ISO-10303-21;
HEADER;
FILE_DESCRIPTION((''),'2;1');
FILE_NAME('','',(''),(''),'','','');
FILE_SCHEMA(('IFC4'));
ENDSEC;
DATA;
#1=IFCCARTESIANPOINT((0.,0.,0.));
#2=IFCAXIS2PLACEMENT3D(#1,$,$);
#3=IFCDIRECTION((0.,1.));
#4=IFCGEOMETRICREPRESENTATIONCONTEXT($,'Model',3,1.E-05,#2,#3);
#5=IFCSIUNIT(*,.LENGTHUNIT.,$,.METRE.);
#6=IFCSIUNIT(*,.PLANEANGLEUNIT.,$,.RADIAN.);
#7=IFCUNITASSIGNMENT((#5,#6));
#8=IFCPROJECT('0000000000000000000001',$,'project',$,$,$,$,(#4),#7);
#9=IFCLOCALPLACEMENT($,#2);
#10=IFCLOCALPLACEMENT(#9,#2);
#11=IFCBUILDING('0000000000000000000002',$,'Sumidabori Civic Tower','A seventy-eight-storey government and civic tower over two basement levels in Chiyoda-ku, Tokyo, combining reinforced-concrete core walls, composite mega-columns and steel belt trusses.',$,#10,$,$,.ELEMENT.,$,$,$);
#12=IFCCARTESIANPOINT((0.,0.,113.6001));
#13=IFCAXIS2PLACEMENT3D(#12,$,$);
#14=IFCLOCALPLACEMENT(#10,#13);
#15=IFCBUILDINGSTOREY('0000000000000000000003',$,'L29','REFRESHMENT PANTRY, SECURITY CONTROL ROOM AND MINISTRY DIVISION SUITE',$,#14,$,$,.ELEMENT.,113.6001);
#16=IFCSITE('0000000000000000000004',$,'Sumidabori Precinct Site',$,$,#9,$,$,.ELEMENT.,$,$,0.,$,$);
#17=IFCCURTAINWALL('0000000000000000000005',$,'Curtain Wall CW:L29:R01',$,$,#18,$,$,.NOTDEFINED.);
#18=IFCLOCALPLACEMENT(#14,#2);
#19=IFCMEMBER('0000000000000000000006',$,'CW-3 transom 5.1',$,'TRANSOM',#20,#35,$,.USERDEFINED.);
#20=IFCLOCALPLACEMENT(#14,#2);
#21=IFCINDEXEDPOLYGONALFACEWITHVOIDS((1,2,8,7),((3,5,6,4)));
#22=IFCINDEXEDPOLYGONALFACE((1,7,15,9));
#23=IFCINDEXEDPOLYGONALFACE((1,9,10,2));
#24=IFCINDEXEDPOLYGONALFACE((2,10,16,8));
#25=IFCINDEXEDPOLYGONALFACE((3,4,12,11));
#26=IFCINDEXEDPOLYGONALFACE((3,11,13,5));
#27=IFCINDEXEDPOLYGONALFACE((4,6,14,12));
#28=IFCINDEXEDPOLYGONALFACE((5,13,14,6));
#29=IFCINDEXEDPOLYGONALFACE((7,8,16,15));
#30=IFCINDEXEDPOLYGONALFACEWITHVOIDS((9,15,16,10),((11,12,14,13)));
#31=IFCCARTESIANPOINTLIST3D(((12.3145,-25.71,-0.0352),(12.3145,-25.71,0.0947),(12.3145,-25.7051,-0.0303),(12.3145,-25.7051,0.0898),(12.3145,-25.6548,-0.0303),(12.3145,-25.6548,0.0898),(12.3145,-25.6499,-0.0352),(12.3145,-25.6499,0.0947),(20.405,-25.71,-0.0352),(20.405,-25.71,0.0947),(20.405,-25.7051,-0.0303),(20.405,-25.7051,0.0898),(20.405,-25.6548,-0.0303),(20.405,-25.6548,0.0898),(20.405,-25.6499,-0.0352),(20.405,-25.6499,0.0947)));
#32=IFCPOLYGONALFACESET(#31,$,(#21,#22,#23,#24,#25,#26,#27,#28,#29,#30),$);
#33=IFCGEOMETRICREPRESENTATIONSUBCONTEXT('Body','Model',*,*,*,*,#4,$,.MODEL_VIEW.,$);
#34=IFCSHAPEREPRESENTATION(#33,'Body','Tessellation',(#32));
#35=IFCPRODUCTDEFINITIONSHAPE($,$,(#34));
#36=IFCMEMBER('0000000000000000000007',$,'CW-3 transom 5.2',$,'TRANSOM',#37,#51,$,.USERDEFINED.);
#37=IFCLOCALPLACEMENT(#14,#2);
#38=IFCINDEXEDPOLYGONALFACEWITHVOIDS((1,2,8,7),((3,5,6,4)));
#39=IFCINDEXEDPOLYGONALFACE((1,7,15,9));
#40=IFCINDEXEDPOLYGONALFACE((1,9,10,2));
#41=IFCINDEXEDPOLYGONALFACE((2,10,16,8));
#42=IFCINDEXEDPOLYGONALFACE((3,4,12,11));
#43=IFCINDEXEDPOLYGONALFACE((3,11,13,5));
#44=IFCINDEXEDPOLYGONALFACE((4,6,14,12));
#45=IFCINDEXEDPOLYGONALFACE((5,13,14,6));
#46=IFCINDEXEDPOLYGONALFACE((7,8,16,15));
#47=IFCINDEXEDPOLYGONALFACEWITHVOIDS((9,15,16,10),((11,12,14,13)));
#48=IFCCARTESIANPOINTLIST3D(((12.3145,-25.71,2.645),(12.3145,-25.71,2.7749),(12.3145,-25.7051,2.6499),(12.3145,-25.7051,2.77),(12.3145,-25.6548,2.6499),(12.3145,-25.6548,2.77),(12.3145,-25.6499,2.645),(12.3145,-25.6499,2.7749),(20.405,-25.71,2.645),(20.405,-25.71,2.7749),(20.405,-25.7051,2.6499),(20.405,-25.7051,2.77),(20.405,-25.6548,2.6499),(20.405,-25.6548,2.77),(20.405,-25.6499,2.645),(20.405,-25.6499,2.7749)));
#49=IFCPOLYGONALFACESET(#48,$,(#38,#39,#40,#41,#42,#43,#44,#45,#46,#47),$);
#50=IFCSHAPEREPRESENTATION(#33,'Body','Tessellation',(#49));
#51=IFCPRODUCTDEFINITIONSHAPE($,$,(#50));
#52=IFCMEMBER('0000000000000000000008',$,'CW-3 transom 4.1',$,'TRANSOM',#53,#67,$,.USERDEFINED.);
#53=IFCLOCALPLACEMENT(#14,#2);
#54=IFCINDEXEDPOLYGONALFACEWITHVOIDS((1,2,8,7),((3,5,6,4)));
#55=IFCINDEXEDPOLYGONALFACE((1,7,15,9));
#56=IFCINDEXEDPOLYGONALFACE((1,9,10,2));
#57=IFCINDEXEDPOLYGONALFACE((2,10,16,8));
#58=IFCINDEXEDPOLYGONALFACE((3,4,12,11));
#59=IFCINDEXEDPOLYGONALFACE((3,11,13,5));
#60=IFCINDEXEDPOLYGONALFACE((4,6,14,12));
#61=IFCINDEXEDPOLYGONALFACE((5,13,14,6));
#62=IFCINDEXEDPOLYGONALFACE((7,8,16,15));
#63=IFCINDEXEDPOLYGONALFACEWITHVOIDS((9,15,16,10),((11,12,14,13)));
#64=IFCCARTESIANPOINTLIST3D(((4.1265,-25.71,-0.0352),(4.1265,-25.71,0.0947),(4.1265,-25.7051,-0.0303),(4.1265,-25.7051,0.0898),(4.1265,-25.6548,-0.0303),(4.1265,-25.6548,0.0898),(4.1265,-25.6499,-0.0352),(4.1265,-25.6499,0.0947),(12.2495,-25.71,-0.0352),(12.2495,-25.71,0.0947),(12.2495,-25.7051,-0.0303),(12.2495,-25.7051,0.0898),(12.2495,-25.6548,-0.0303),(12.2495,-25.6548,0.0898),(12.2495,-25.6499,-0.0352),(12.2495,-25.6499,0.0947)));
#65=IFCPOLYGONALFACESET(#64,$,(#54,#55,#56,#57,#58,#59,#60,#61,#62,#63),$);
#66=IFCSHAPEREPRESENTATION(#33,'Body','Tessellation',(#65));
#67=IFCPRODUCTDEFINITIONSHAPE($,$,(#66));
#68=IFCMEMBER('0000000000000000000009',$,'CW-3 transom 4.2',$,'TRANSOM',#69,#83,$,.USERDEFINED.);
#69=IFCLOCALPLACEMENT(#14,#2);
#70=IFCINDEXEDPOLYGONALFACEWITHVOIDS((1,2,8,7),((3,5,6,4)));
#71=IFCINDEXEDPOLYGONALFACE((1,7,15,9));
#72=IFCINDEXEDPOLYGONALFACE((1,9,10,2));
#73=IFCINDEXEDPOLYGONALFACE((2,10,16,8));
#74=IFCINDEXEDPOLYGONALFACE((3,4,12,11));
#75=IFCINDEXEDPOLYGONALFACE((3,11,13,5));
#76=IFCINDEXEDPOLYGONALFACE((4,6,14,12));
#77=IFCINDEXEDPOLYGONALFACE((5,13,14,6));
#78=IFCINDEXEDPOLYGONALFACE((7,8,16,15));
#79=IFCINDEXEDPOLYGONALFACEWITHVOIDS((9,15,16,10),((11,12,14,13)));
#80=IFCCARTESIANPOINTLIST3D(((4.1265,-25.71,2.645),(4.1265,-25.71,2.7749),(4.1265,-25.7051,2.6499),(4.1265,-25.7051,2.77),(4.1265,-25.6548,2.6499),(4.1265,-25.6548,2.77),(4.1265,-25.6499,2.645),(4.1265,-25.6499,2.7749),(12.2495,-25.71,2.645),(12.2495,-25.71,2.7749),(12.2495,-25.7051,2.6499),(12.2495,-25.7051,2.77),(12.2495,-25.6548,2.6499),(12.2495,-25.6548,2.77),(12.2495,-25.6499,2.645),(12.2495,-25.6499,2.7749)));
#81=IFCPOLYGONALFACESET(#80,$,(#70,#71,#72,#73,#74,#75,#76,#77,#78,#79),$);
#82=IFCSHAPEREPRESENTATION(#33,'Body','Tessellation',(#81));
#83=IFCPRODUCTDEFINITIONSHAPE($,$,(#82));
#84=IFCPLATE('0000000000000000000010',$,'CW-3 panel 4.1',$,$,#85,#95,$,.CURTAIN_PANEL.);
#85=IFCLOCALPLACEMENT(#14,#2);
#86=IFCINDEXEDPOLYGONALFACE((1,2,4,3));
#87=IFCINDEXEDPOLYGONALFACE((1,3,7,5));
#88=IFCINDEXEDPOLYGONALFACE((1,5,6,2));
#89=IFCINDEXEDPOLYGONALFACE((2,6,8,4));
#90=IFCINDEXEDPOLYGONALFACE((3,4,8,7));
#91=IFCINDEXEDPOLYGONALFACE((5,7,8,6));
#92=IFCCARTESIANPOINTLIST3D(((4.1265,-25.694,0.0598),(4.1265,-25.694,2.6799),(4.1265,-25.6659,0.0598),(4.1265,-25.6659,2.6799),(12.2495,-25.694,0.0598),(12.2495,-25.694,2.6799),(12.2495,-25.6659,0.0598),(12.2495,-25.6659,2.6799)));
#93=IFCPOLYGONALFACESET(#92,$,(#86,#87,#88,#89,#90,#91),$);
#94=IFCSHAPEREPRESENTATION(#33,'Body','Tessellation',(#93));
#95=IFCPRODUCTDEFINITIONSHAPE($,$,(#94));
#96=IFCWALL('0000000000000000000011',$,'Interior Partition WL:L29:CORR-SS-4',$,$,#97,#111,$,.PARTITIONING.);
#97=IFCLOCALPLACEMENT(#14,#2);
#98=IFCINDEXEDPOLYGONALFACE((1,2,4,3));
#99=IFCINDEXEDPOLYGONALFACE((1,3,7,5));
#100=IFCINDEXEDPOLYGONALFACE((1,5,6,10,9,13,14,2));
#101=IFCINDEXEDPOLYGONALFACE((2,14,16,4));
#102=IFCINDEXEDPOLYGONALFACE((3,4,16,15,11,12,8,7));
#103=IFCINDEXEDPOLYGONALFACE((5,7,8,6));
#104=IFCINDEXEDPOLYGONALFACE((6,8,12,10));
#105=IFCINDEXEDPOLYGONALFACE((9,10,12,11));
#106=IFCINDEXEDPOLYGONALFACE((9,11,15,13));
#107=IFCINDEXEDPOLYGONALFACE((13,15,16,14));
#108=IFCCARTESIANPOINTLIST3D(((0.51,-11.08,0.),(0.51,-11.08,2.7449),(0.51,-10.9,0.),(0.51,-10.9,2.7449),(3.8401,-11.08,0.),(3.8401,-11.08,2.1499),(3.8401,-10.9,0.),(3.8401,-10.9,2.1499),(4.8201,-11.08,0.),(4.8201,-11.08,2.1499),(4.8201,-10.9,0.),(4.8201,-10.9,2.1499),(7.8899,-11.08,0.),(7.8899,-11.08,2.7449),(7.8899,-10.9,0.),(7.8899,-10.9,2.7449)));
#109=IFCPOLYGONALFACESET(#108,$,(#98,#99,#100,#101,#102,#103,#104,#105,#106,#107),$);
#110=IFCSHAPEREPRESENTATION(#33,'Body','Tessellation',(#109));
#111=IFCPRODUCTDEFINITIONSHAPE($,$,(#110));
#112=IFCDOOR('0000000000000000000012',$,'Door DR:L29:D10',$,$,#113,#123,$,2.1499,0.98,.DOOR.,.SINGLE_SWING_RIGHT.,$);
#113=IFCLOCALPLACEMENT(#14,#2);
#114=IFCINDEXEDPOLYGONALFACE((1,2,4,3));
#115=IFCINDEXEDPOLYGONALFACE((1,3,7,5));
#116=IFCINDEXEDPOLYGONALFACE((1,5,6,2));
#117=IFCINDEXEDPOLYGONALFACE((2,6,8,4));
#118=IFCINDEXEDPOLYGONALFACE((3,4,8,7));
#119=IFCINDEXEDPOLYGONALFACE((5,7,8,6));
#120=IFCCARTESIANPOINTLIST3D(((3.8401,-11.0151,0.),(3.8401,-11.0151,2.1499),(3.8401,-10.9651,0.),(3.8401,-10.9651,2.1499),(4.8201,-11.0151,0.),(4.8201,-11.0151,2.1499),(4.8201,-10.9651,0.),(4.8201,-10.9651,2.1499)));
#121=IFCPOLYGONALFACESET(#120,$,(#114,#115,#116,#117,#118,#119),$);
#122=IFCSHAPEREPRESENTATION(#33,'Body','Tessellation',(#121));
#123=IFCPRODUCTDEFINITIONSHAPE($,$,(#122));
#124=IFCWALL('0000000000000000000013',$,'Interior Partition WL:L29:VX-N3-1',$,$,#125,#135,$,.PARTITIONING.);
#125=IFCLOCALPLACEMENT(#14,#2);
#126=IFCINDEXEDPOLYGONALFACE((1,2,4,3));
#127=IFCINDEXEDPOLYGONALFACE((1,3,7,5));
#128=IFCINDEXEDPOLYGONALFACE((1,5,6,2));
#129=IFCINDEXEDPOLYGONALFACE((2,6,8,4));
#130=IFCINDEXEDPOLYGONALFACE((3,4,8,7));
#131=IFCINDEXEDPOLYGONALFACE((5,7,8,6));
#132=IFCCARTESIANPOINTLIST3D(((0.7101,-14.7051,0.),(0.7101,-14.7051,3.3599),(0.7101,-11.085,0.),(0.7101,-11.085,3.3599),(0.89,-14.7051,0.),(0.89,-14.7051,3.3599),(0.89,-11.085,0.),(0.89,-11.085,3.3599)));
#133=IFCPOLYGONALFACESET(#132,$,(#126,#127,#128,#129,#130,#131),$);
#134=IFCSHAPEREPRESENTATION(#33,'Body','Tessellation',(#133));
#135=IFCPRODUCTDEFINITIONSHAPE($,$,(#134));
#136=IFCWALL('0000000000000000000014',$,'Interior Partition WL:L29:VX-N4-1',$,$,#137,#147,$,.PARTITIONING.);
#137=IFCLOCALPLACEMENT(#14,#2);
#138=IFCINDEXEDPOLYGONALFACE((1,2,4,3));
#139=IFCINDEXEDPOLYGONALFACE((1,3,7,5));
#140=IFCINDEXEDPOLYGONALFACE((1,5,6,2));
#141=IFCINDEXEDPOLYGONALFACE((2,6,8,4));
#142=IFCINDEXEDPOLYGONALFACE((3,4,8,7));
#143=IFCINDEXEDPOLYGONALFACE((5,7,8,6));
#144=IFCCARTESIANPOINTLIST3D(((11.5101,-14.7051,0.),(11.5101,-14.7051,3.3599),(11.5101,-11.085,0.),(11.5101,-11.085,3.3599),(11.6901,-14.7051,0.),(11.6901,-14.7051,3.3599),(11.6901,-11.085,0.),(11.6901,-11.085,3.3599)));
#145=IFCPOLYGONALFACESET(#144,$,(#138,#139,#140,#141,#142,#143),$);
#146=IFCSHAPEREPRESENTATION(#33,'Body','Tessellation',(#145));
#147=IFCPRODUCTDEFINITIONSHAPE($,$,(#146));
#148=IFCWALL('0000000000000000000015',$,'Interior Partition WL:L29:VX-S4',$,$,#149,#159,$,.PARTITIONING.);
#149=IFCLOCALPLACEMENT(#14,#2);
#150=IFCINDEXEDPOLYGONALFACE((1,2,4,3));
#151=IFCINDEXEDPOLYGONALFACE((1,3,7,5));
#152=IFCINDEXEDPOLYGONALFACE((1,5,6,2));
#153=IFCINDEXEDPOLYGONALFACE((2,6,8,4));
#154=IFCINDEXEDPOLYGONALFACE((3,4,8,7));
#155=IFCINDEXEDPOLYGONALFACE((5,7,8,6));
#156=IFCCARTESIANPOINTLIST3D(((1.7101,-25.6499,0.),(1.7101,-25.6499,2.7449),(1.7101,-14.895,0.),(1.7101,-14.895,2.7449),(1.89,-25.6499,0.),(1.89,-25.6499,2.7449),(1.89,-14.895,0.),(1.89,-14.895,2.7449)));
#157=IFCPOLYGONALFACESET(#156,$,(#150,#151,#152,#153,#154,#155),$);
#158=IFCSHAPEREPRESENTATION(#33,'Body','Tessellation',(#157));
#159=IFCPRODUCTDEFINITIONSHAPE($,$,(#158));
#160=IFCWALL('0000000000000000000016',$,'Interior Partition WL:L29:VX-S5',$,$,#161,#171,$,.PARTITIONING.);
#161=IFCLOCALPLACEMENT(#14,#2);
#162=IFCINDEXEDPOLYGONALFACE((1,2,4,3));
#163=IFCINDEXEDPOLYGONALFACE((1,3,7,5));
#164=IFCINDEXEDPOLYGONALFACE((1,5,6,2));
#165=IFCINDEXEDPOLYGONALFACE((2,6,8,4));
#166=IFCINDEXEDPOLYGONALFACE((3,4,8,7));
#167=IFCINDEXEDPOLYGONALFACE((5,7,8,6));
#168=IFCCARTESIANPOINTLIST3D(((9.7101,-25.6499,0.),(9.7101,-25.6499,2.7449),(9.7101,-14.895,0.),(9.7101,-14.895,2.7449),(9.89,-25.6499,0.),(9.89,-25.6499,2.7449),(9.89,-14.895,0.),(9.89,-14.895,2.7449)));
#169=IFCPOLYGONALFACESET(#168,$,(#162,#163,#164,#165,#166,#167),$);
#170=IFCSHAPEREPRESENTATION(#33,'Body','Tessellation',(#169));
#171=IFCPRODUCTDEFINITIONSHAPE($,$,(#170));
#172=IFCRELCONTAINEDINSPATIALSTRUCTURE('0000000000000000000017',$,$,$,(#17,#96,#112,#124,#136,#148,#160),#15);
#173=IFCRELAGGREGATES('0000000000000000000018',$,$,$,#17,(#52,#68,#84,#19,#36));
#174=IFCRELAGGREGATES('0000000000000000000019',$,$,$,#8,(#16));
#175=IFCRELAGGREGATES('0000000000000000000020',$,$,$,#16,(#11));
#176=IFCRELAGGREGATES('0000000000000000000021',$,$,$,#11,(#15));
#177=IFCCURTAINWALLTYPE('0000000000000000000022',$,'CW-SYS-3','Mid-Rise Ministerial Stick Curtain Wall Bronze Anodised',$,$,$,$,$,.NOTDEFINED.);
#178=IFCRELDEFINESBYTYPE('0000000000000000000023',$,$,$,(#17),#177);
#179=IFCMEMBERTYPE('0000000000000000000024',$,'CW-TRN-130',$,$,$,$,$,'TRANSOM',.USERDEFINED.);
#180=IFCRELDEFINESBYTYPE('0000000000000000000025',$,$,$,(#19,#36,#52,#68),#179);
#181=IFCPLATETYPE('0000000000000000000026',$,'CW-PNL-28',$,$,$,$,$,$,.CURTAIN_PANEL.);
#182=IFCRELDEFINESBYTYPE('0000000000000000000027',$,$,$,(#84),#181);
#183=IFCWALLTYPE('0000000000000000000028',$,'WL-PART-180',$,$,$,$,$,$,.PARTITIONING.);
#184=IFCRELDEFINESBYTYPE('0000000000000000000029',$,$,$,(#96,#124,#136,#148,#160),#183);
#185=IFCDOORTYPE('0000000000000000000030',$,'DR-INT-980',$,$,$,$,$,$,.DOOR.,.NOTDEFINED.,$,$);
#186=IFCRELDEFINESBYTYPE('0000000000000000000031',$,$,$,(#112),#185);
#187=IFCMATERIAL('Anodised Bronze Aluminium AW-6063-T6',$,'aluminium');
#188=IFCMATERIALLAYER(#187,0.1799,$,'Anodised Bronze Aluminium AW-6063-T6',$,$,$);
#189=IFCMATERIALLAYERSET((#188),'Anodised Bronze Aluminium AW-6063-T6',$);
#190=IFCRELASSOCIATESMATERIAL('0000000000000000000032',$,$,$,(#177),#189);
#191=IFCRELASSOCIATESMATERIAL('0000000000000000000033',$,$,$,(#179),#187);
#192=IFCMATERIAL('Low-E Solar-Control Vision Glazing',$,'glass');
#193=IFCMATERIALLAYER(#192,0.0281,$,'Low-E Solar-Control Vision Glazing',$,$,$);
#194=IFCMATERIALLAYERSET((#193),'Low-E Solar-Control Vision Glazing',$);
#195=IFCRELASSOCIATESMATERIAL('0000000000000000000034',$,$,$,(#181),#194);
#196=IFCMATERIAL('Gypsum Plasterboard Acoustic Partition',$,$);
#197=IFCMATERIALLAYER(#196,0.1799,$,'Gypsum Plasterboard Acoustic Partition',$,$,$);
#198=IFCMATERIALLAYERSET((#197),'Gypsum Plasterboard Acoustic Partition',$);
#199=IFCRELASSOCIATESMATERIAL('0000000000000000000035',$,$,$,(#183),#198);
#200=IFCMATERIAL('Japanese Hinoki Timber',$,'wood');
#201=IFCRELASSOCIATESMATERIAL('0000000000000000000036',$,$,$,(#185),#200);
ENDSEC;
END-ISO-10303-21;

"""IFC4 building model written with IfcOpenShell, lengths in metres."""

from ifc_helpers import new_model, si_unit, direction, frame, frame_2d, origin, origin_2d, place, context, subcontext, project, spatial, rectangle, hollow_rectangle, extrude, source, transform, mapped, material, layer, layer_set, material_profile, profile_set, type_object, element, fill, aggregate, save


model = new_model("IFC4")

# Units and contexts
model_context = context("Model", 3, precision=1e-05, world=origin(), true_north=direction((0.0, 1.0)))
body_context = subcontext(model_context, "Body", "Model", "MODEL_VIEW")
ifc_project = project(units=[si_unit("LENGTHUNIT", "METRE"), si_unit("PLANEANGLEUNIT", "RADIAN")], contexts=[model_context])

# Site, building, storey
site_placement = place(None, origin())
site = spatial("IfcSite", under=ifc_project, at=site_placement, Name="Sumidabori Precinct Site", CompositionType="ELEMENT", RefElevation=0.0)
building_placement = place(site_placement, origin())
building = spatial("IfcBuilding", under=site, at=building_placement, Name="Sumidabori Civic Tower", Description="A seventy-eight-storey government and civic tower over two basement levels in Chiyoda-ku, Tokyo, combining reinforced-concrete core walls, composite mega-columns and steel belt trusses.", CompositionType="ELEMENT")
storey_placement = place(building_placement, frame((0.0, 0.0, 113.6001)))
storey = spatial("IfcBuildingStorey", under=building, at=storey_placement, Name="L29", Description="REFRESHMENT PANTRY, SECURITY CONTROL ROOM AND MINISTRY DIVISION SUITE", CompositionType="ELEMENT", Elevation=113.6001)

# Curtain wall, members, plate
ifc_material_1 = material(Name="Anodised Bronze Aluminium AW-6063-T6", Category="aluminium")
ifc_layer_1 = layer(ifc_material_1, 0.1799, Name="Anodised Bronze Aluminium AW-6063-T6")
ifc_layer_set_1 = layer_set([ifc_layer_1], Name="Anodised Bronze Aluminium AW-6063-T6")
curtain_wall_type = type_object("IfcCurtainWallType", Name="CW-SYS-3", Description="Mid-Rise Ministerial Stick Curtain Wall Bronze Anodised", PredefinedType="NOTDEFINED", material=ifc_layer_set_1)
curtain_wall_placement = place(storey_placement, origin())
curtain_wall = element("IfcCurtainWall", 1, at=curtain_wall_placement, inside=storey, type_object=curtain_wall_type, Name="Curtain Wall CW:L29:R01", PredefinedType="NOTDEFINED")
ifc_material_profile_1 = material_profile(ifc_material_1, hollow_rectangle(XDim=0.0601, YDim=0.1299, WallThickness=0.0049, at=origin_2d()), Name="ALU TRANSOM 130x60")
ifc_profile_set_1 = profile_set([ifc_material_profile_1], Name="Anodised Bronze Aluminium AW-6063-T6")
member_type_1 = type_object("IfcMemberType", Name="CW-TRN-130", ElementType="TRANSOM", PredefinedType="USERDEFINED", material=ifc_profile_set_1)
shared_shape_1 = source(origin(), body_context, "Body", "SweptSolid", [
    extrude(hollow_rectangle(XDim=0.0601, YDim=0.1299, WallThickness=0.0049, at=origin_2d()), origin(), (0.0, 0.0, 1.0), 8.0906),
])
member_1_placement = place(storey_placement, frame((12.3145, -25.6799, 0.0298), z_axis=(1.0, 0.0, 0.0), x_axis=(0.0, 1.0, 0.0)))
member_1 = element("IfcMember", 2, at=member_1_placement, type_object=member_type_1, Name="CW-3 transom 5.1", ObjectType="TRANSOM", PredefinedType="USERDEFINED", context=body_context, shape_type="MappedRepresentation", body=[
    mapped(shared_shape_1, transform((0.0, 0.0, 0.0), x_axis=(1.0, 0.0, 0.0), y_axis=(0.0, 1.0, 0.0), z_axis=(0.0, 0.0, 1.0), scale=1.0)),
])
member_2_placement = place(storey_placement, frame((12.3145, -25.6799, 2.71), z_axis=(1.0, 0.0, 0.0), x_axis=(0.0, 1.0, 0.0)))
member_2 = element("IfcMember", 3, at=member_2_placement, type_object=member_type_1, Name="CW-3 transom 5.2", ObjectType="TRANSOM", PredefinedType="USERDEFINED", context=body_context, shape_type="MappedRepresentation", body=[
    mapped(shared_shape_1, transform((0.0, 0.0, 0.0), x_axis=(1.0, 0.0, 0.0), y_axis=(0.0, 1.0, 0.0), z_axis=(0.0, 0.0, 1.0), scale=1.0)),
])
shared_shape_2 = source(origin(), body_context, "Body", "SweptSolid", [
    extrude(hollow_rectangle(XDim=0.0601, YDim=0.1299, WallThickness=0.0049, at=origin_2d()), origin(), (0.0, 0.0, 1.0), 8.123),
])
member_3_placement = place(storey_placement, frame((4.1265, -25.6799, 0.0298), z_axis=(1.0, 0.0, 0.0), x_axis=(0.0, 1.0, 0.0)))
member_3 = element("IfcMember", 4, at=member_3_placement, type_object=member_type_1, Name="CW-3 transom 4.1", ObjectType="TRANSOM", PredefinedType="USERDEFINED", context=body_context, shape_type="MappedRepresentation", body=[
    mapped(shared_shape_2, transform((0.0, 0.0, 0.0), x_axis=(1.0, 0.0, 0.0), y_axis=(0.0, 1.0, 0.0), z_axis=(0.0, 0.0, 1.0), scale=1.0)),
])
member_4_placement = place(storey_placement, frame((4.1265, -25.6799, 2.71), z_axis=(1.0, 0.0, 0.0), x_axis=(0.0, 1.0, 0.0)))
member_4 = element("IfcMember", 5, at=member_4_placement, type_object=member_type_1, Name="CW-3 transom 4.2", ObjectType="TRANSOM", PredefinedType="USERDEFINED", context=body_context, shape_type="MappedRepresentation", body=[
    mapped(shared_shape_2, transform((0.0, 0.0, 0.0), x_axis=(1.0, 0.0, 0.0), y_axis=(0.0, 1.0, 0.0), z_axis=(0.0, 0.0, 1.0), scale=1.0)),
])
ifc_material_2 = material(Name="Low-E Solar-Control Vision Glazing", Category="glass")
ifc_layer_2 = layer(ifc_material_2, 0.0281, Name="Low-E Solar-Control Vision Glazing")
ifc_layer_set_2 = layer_set([ifc_layer_2], Name="Low-E Solar-Control Vision Glazing")
plate_type = type_object("IfcPlateType", Name="CW-PNL-28", PredefinedType="CURTAIN_PANEL", material=ifc_layer_set_2)
shared_shape_3 = source(origin(), body_context, "Body", "SweptSolid", [
    extrude(rectangle(XDim=8.123, YDim=0.0281, at=origin_2d()), origin(), (0.0, 0.0, 1.0), 2.6201),
])
plate_placement = place(storey_placement, frame((8.188, -25.6799, 0.0598), z_axis=(0.0, 0.0, 1.0), x_axis=(1.0, 0.0, 0.0)))
plate = element("IfcPlate", 6, at=plate_placement, type_object=plate_type, Name="CW-3 panel 4.1", PredefinedType="CURTAIN_PANEL", context=body_context, shape_type="MappedRepresentation", body=[
    mapped(shared_shape_3, transform((0.0, 0.0, 0.0), x_axis=(1.0, 0.0, 0.0), y_axis=(0.0, 1.0, 0.0), z_axis=(0.0, 0.0, 1.0), scale=1.0)),
])
aggregate(curtain_wall, [member_3, member_4, plate, member_1, member_2])

# Wall, opening, door
ifc_material_3 = material(Name="Gypsum Plasterboard Acoustic Partition")
ifc_layer_3 = layer(ifc_material_3, 0.1799, Name="Gypsum Plasterboard Acoustic Partition")
ifc_layer_set_3 = layer_set([ifc_layer_3], Name="Gypsum Plasterboard Acoustic Partition")
wall_type = type_object("IfcWallType", Name="WL-PART-180", PredefinedType="PARTITIONING", material=ifc_layer_set_3)
shared_shape_4 = source(origin(), body_context, "Body", "SweptSolid", [
    extrude(rectangle(XDim=7.3799, YDim=0.1799, at=frame_2d((3.6899, 0.0))), origin(), (0.0, 0.0, 1.0), 2.7449),
])
wall_placement = place(storey_placement, frame((0.51, -10.99, 0.0), z_axis=(0.0, 0.0, 1.0), x_axis=(1.0, 0.0, 0.0)))
wall = element("IfcWall", 7, at=wall_placement, inside=storey, type_object=wall_type, Name="Interior Partition WL:L29:CORR-SS-4", PredefinedType="PARTITIONING", context=body_context, shape_type="MappedRepresentation", body=[
    mapped(shared_shape_4, transform((0.0, 0.0, 0.0), x_axis=(1.0, 0.0, 0.0), y_axis=(0.0, 1.0, 0.0), z_axis=(0.0, 0.0, 1.0), scale=1.0)),
])
opening_placement = place(wall_placement, frame((3.3301, 0.0, 0.0)))
opening = element("IfcOpeningElement", 8, at=opening_placement, cuts=wall, PredefinedType="OPENING", context=body_context, shape_type="SweptSolid", body=[
    extrude(rectangle(XDim=0.98, YDim=2.1499, at=frame_2d((0.49, 1.075))), frame((0.0, 0.1021, 0.0), z_axis=(0.0, -1.0, 0.0), x_axis=(1.0, 0.0, 0.0)), (0.0, 0.0, 1.0), 0.2039),
])
ifc_material_4 = material(Name="Japanese Hinoki Timber", Category="wood")
door_type = type_object("IfcDoorType", Name="DR-INT-980", OperationType="NOTDEFINED", PredefinedType="DOOR", material=ifc_material_4)
shared_shape_5 = source(origin(), body_context, "Body", "SweptSolid", [
    extrude(rectangle(XDim=0.98, YDim=2.1499, at=frame_2d((0.49, 1.075))), frame((0.0, 0.0249, 0.0), z_axis=(0.0, -1.0, 0.0), x_axis=(1.0, 0.0, 0.0)), (0.0, 0.0, 1.0), 0.05),
])
door_placement = place(opening_placement, origin())
door = element("IfcDoor", 9, at=door_placement, inside=storey, type_object=door_type, Name="Door DR:L29:D10", OperationType="SINGLE_SWING_RIGHT", OverallHeight=2.1499, OverallWidth=0.98, PredefinedType="DOOR", context=body_context, shape_type="MappedRepresentation", body=[
    mapped(shared_shape_5, transform((0.0, 0.0, 0.0), x_axis=(1.0, 0.0, 0.0), y_axis=(0.0, 1.0, 0.0), z_axis=(0.0, 0.0, 1.0), scale=1.0)),
])
fill(opening, door)

# Walls
shared_shape_6 = source(origin(), body_context, "Body", "SweptSolid", [
    extrude(rectangle(XDim=3.6201, YDim=0.1799, at=frame_2d((1.8101, 0.0))), origin(), (0.0, 0.0, 1.0), 3.3599),
])
for number, where, z_axis, x_axis, name in (
    (10, (0.8, -14.7051, 0.0), (0.0, 0.0, 1.0), (0.0, 1.0, 0.0), "Interior Partition WL:L29:VX-N3-1"),
    (11, (11.6001, -14.7051, 0.0), (0.0, 0.0, 1.0), (0.0, 1.0, 0.0), "Interior Partition WL:L29:VX-N4-1"),
):
    element("IfcWall", number, at=place(storey_placement, frame(where, z_axis=z_axis, x_axis=x_axis)), inside=storey, type_object=wall_type, Name=name, PredefinedType="PARTITIONING", context=body_context, shape_type="MappedRepresentation", body=[
        mapped(shared_shape_6, transform((0.0, 0.0, 0.0), x_axis=(1.0, 0.0, 0.0), y_axis=(0.0, 1.0, 0.0), z_axis=(0.0, 0.0, 1.0), scale=1.0)),
    ])
shared_shape_7 = source(origin(), body_context, "Body", "SweptSolid", [
    extrude(rectangle(XDim=10.7549, YDim=0.1799, at=frame_2d((5.3774, 0.0))), origin(), (0.0, 0.0, 1.0), 2.7449),
])
for number, where, z_axis, x_axis, name in (
    (12, (1.8, -25.6499, 0.0), (0.0, 0.0, 1.0), (0.0, 1.0, 0.0), "Interior Partition WL:L29:VX-S4"),
    (13, (9.8, -25.6499, 0.0), (0.0, 0.0, 1.0), (0.0, 1.0, 0.0), "Interior Partition WL:L29:VX-S5"),
):
    element("IfcWall", number, at=place(storey_placement, frame(where, z_axis=z_axis, x_axis=x_axis)), inside=storey, type_object=wall_type, Name=name, PredefinedType="PARTITIONING", context=body_context, shape_type="MappedRepresentation", body=[
        mapped(shared_shape_7, transform((0.0, 0.0, 0.0), x_axis=(1.0, 0.0, 0.0), y_axis=(0.0, 1.0, 0.0), z_axis=(0.0, 0.0, 1.0), scale=1.0)),
    ])

save(model, "model.ifc")
